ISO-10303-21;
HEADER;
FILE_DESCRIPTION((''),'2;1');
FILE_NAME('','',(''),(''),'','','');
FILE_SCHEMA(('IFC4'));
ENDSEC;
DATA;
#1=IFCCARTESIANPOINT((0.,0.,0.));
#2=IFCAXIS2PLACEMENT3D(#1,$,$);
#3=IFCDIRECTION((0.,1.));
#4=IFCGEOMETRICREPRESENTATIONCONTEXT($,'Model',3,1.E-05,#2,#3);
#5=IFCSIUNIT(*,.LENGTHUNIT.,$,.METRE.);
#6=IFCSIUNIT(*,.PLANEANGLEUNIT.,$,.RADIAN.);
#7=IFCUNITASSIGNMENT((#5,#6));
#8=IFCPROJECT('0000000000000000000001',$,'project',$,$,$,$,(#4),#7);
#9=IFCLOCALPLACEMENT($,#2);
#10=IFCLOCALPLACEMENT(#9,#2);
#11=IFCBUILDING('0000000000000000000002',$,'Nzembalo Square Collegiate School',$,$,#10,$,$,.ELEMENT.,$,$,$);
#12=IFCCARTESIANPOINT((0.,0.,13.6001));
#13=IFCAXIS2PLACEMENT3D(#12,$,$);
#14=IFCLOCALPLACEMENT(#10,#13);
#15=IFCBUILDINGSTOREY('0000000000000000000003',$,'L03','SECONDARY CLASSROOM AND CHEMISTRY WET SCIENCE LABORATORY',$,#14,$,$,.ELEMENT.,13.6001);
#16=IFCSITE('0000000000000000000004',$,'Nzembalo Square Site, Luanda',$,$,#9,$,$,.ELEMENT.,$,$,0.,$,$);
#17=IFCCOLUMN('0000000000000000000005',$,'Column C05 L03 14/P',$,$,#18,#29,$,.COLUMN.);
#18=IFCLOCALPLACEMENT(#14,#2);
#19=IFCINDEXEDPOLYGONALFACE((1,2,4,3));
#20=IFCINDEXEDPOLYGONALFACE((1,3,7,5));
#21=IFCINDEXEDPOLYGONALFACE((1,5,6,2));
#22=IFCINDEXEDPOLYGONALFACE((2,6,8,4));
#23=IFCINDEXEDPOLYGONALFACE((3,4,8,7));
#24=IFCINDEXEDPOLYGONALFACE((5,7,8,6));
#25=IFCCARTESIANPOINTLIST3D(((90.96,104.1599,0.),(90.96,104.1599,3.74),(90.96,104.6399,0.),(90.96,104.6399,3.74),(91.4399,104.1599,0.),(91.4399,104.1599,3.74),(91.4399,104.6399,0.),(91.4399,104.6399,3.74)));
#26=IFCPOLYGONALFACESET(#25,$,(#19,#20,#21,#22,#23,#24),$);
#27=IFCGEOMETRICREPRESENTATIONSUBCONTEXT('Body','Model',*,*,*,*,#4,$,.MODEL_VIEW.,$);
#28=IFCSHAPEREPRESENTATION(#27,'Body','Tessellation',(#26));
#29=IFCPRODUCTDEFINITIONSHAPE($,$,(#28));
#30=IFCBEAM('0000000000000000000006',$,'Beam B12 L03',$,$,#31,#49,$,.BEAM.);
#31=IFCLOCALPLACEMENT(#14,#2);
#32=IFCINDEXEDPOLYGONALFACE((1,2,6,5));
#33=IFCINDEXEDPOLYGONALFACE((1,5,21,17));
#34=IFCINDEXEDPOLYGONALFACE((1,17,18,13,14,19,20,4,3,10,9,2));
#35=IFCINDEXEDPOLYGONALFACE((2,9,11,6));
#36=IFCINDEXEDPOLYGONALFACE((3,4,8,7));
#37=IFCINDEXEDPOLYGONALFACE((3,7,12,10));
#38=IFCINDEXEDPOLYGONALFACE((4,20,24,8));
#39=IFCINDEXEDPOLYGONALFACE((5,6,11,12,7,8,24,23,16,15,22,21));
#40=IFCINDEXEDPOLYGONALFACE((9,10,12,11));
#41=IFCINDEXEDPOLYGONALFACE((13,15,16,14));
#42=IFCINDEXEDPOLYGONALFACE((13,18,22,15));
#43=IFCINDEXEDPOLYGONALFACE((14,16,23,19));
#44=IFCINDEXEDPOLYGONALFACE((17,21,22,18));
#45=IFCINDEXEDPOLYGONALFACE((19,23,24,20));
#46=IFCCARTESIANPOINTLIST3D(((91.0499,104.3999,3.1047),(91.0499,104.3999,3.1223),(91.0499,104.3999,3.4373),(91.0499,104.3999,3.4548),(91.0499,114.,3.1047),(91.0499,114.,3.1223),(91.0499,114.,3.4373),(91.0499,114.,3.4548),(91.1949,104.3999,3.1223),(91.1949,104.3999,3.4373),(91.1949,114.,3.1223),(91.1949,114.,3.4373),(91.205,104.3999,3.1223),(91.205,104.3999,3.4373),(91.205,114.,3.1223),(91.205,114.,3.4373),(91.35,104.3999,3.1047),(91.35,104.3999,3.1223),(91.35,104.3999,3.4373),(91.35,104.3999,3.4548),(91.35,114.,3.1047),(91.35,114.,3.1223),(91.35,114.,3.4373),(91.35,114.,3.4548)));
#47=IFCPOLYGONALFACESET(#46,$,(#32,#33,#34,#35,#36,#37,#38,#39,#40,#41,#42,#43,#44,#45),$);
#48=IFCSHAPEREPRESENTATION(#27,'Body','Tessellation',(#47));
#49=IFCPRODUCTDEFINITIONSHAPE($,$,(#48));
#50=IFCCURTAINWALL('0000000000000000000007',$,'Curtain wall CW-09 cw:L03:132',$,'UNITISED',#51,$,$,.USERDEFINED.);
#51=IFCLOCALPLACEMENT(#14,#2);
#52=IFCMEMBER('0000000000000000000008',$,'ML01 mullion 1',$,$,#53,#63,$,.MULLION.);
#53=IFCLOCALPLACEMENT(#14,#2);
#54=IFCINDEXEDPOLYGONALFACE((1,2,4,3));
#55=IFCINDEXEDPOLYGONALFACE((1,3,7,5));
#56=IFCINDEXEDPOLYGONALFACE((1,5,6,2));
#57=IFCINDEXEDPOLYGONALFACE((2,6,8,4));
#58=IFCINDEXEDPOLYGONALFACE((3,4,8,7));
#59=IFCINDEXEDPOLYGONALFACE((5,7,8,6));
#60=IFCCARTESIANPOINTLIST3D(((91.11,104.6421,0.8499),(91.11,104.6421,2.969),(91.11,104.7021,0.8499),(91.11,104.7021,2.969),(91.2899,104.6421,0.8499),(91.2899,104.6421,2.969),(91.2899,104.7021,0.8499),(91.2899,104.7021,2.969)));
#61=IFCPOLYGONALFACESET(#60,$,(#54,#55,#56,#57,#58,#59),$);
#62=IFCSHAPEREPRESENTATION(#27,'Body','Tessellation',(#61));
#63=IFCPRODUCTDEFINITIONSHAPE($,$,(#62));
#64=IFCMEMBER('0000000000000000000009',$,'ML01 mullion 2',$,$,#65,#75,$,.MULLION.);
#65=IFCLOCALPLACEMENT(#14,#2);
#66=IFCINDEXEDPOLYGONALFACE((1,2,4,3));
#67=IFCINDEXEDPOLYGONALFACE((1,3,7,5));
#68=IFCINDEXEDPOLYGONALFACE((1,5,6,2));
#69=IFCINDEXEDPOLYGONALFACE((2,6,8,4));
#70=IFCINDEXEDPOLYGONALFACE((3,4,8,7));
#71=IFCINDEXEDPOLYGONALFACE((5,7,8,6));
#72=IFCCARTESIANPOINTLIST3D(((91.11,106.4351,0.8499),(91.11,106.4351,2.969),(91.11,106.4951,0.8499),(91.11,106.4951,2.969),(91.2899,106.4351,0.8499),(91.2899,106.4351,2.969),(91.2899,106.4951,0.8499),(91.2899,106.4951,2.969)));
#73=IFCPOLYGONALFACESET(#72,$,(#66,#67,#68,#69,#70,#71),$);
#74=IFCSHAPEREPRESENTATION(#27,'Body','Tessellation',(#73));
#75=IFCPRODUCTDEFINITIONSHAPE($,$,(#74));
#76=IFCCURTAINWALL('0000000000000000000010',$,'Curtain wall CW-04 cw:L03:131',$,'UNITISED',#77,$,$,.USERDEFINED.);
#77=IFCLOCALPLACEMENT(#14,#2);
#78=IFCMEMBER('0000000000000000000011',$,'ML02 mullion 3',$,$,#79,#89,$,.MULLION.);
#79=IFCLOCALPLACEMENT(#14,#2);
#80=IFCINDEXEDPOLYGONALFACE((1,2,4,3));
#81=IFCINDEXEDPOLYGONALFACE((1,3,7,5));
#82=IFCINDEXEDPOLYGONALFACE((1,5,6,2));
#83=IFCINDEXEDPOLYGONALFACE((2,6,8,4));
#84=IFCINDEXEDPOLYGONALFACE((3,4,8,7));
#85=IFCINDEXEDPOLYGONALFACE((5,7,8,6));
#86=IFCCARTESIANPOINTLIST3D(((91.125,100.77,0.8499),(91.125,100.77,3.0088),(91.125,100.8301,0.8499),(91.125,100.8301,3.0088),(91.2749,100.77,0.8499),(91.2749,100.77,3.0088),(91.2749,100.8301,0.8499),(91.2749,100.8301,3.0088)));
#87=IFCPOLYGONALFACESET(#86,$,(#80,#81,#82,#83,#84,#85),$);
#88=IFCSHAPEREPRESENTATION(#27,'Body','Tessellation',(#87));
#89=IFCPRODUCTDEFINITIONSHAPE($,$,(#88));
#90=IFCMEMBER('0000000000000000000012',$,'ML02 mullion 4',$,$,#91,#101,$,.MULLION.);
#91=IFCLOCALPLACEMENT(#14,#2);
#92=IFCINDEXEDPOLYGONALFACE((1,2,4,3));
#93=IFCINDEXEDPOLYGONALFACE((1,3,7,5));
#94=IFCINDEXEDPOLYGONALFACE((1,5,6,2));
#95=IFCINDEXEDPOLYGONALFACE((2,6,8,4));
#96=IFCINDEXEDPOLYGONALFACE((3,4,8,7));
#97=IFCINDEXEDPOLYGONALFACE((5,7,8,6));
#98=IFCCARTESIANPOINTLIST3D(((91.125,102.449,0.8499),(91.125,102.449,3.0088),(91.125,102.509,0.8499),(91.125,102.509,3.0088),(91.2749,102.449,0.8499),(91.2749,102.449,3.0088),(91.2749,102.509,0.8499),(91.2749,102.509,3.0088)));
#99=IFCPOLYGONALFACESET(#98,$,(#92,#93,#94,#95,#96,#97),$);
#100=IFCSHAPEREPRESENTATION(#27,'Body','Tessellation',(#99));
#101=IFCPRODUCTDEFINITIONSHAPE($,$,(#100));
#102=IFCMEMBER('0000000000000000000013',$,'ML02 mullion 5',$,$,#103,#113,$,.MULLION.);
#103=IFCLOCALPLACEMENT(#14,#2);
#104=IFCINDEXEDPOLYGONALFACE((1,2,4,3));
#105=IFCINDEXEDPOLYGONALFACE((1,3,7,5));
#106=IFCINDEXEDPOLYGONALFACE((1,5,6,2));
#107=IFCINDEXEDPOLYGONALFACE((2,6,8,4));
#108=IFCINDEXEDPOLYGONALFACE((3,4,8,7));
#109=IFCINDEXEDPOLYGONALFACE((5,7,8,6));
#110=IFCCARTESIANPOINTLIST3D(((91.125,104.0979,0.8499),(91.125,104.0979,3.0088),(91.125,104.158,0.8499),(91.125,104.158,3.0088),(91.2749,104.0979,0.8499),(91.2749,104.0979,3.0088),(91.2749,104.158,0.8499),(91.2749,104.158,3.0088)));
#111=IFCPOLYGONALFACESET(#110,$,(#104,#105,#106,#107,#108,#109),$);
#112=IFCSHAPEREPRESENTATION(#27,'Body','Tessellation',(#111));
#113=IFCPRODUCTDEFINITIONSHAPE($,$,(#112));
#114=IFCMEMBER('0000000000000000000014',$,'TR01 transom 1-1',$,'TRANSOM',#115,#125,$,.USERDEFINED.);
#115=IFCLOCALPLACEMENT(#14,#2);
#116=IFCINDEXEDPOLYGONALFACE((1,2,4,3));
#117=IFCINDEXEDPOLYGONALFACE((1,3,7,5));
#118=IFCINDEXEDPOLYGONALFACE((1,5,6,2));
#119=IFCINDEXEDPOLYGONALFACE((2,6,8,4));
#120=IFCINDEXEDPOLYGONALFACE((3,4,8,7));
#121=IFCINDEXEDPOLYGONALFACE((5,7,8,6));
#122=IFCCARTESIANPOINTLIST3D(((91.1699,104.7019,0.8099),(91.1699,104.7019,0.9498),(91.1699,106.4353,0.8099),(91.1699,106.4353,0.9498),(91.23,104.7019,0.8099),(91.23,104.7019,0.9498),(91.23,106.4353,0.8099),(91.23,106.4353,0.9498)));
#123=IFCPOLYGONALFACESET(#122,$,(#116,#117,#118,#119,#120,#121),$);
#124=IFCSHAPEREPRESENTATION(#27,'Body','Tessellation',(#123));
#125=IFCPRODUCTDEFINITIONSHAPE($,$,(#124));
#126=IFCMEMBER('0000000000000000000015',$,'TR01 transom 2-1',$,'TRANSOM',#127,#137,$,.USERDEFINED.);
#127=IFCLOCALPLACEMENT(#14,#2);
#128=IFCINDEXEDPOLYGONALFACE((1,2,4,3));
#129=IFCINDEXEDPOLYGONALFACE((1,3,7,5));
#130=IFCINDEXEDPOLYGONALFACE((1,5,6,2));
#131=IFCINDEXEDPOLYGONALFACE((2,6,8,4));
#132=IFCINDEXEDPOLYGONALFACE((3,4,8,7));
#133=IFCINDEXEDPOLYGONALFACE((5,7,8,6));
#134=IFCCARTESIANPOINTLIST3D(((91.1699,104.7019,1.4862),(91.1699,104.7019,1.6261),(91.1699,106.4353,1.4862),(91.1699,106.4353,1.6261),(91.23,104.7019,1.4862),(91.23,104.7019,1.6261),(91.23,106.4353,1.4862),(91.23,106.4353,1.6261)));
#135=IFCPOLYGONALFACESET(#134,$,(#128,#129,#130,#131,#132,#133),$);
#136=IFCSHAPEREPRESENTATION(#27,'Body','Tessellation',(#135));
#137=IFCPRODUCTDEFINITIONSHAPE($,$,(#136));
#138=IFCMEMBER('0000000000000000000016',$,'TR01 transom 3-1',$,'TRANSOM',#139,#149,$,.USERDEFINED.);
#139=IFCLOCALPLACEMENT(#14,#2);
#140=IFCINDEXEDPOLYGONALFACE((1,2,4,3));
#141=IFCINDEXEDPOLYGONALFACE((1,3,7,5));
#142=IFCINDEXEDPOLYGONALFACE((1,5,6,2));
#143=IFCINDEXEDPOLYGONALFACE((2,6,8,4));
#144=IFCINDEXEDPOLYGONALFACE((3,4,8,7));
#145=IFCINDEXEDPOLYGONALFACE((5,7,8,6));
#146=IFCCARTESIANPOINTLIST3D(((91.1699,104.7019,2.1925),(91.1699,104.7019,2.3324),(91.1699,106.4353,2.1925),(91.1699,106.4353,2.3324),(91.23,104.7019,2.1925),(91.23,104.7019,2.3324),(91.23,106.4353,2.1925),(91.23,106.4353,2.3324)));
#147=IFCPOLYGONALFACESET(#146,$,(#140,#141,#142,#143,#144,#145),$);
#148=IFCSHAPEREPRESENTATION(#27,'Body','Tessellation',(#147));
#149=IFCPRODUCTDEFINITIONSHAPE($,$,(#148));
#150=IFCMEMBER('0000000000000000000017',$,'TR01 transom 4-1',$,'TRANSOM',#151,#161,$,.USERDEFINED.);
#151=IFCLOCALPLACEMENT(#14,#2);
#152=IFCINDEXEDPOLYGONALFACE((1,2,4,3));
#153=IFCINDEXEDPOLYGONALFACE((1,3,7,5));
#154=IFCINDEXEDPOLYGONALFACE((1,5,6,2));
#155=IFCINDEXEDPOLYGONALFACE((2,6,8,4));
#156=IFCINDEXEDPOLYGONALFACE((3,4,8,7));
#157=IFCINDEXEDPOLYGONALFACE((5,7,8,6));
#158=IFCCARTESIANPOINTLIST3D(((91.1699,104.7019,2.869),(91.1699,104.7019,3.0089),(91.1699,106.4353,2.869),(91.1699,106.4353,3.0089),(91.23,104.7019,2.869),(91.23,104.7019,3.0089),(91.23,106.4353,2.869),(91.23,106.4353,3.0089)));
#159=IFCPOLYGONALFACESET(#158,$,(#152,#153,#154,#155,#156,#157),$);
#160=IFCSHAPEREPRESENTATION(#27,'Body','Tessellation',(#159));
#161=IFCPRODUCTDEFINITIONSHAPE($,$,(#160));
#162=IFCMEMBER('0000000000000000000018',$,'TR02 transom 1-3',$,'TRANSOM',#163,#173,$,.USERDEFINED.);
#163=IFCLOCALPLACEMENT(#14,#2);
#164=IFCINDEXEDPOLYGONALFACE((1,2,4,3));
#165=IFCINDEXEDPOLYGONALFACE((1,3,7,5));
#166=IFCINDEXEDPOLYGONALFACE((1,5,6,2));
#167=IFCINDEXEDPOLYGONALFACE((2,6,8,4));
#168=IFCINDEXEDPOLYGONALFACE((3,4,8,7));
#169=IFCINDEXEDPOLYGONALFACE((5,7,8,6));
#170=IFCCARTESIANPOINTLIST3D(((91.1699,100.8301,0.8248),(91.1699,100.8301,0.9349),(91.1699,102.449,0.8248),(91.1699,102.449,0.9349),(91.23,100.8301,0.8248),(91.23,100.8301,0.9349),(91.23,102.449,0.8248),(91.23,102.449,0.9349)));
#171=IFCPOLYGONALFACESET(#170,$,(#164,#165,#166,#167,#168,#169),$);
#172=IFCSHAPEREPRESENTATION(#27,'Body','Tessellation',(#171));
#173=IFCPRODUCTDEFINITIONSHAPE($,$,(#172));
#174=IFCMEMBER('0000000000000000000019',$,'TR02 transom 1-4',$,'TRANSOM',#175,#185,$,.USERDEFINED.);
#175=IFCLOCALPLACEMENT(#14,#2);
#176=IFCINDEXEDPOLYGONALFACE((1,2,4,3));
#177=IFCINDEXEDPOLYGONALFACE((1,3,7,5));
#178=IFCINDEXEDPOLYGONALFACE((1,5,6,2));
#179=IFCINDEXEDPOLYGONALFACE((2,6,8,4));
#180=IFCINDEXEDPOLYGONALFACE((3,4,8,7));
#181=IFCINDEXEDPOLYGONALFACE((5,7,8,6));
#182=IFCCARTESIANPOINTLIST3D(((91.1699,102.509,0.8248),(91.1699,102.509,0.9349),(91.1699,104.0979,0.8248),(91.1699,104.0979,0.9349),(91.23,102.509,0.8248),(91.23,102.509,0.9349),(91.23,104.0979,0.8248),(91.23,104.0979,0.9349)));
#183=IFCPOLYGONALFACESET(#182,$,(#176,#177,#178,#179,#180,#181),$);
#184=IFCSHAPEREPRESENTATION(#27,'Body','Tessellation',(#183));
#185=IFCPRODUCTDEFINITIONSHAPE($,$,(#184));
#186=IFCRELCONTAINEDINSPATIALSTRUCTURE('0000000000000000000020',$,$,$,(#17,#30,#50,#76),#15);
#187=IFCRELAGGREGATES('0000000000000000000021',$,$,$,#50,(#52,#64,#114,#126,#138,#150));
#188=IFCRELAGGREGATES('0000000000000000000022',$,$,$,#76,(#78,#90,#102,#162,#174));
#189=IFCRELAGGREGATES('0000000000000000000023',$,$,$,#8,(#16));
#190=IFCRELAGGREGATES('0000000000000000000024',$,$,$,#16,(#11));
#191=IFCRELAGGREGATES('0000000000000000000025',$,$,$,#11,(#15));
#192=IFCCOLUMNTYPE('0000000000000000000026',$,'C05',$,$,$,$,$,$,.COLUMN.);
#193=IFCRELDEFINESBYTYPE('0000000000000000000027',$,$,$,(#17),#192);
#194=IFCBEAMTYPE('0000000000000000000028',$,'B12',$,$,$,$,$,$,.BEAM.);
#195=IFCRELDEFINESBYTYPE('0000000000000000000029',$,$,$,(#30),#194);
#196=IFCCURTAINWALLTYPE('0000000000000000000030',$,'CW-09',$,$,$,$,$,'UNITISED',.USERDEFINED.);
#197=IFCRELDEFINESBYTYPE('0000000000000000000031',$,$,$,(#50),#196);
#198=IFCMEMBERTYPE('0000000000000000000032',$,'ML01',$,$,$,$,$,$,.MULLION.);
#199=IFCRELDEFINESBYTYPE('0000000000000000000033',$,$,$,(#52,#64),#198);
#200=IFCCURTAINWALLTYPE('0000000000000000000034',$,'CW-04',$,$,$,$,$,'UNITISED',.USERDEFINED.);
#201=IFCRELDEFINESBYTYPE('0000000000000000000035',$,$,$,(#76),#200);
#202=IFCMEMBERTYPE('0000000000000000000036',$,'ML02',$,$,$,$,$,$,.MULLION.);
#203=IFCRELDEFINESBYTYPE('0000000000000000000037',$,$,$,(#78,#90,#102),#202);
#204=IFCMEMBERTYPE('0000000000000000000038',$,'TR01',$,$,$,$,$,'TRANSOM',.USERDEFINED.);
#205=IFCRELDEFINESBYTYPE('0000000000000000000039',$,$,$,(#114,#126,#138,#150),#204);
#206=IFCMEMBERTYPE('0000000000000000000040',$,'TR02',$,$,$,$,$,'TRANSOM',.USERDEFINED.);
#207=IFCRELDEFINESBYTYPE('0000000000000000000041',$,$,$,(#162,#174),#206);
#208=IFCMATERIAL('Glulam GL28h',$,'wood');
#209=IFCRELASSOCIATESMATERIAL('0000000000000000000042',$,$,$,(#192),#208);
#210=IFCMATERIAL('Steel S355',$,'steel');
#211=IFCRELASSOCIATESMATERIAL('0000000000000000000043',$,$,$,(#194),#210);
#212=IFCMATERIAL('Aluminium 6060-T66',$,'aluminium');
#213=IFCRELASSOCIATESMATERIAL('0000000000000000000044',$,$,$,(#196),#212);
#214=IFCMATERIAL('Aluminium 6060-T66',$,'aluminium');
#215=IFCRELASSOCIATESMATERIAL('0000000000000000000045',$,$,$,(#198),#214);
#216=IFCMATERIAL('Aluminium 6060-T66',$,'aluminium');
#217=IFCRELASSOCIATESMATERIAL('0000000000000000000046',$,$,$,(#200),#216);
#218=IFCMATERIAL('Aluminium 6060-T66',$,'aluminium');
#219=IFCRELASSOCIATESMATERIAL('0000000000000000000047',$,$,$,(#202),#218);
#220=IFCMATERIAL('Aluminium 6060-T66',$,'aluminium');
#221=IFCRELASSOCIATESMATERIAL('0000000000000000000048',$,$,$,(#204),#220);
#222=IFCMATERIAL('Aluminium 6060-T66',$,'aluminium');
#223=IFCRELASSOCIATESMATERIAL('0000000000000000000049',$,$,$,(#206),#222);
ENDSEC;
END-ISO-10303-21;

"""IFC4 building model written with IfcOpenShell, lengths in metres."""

from ifc_helpers import new_model, si_unit, direction, frame, origin, origin_2d, place, context, subcontext, project, spatial, rectangle, i_section, extrude, material, material_profile, profile_set, type_object, element, aggregate, save


model = new_model("IFC4")

# Units and contexts
model_context = context("Model", 3, precision=1e-05, world=origin(), true_north=direction((0.0, 1.0)))
body_context = subcontext(model_context, "Body", "Model", "MODEL_VIEW")
ifc_project = project(units=[si_unit("LENGTHUNIT", "METRE"), si_unit("PLANEANGLEUNIT", "RADIAN")], contexts=[model_context])

# Site, building, storey
site_placement = place(None, origin())
site = spatial("IfcSite", under=ifc_project, at=site_placement, Name="Nzembalo Square Site, Luanda", CompositionType="ELEMENT", RefElevation=0.0)
building_placement = place(site_placement, origin())
building = spatial("IfcBuilding", under=site, at=building_placement, Name="Nzembalo Square Collegiate School", CompositionType="ELEMENT")
storey_placement = place(building_placement, frame((0.0, 0.0, 13.6001)))
storey = spatial("IfcBuildingStorey", under=building, at=storey_placement, Name="L03", Description="SECONDARY CLASSROOM AND CHEMISTRY WET SCIENCE LABORATORY", CompositionType="ELEMENT", Elevation=13.6001)

# Column
ifc_material_1 = material(Name="Glulam GL28h", Category="wood")
ifc_material_profile_1 = material_profile(ifc_material_1, rectangle(XDim=0.48, YDim=0.48, at=origin_2d()), Name="GL28h 480x480")
ifc_profile_set_1 = profile_set([ifc_material_profile_1], Name="Glulam GL28h")
column_type = type_object("IfcColumnType", Name="C05", PredefinedType="COLUMN", material=ifc_profile_set_1)
column_placement = place(storey_placement, frame((91.2, 104.3999, 0.0), z_axis=(0.0, 0.0, 1.0), x_axis=(1.0, 0.0, 0.0)))
element("IfcColumn", 1, at=column_placement, inside=storey, type_object=column_type, Name="Column C05 L03 14/P", PredefinedType="COLUMN", context=body_context, shape_type="SweptSolid", body=[
    extrude(rectangle(XDim=0.48, YDim=0.48, at=origin_2d()), origin(), (0.0, 0.0, 1.0), 3.74),
])

# Beam
ifc_material_2 = material(Name="Steel S355", Category="steel")
ifc_material_profile_2 = material_profile(ifc_material_2, i_section(OverallWidth=0.3, OverallDepth=0.3501, WebThickness=0.01, FlangeThickness=0.0176, at=origin_2d()), Name="HEA 360")
ifc_profile_set_2 = profile_set([ifc_material_profile_2], Name="Steel S355")
beam_type = type_object("IfcBeamType", Name="B12", PredefinedType="BEAM", material=ifc_profile_set_2)
beam_placement = place(storey_placement, frame((91.2, 104.3999, 3.2798), z_axis=(0.0, 1.0, 0.0), x_axis=(-1.0, 0.0, 0.0)))
element("IfcBeam", 2, at=beam_placement, inside=storey, type_object=beam_type, Name="Beam B12 L03", PredefinedType="BEAM", context=body_context, shape_type="SweptSolid", body=[
    extrude(i_section(OverallWidth=0.3, OverallDepth=0.3501, WebThickness=0.01, FlangeThickness=0.0176, at=origin_2d()), origin(), (0.0, 0.0, 1.0), 9.6001),
])

# Curtain walls, members
ifc_material_3 = material(Name="Aluminium 6060-T66", Category="aluminium")
curtain_wall_type_1 = type_object("IfcCurtainWallType", Name="CW-09", ElementType="UNITISED", PredefinedType="USERDEFINED", material=ifc_material_3)
curtain_wall_1_placement = place(storey_placement, origin())
curtain_wall_1 = element("IfcCurtainWall", 3, at=curtain_wall_1_placement, inside=storey, type_object=curtain_wall_type_1, Name="Curtain wall CW-09 cw:L03:132", ObjectType="UNITISED", PredefinedType="USERDEFINED")
ifc_material_4 = material(Name="Aluminium 6060-T66", Category="aluminium")
ifc_material_profile_3 = material_profile(ifc_material_4, rectangle(XDim=0.0601, YDim=0.1799, at=origin_2d()), Name="ALU M60x180")
ifc_profile_set_3 = profile_set([ifc_material_profile_3], Name="Aluminium 6060-T66")
member_type_1 = type_object("IfcMemberType", Name="ML01", PredefinedType="MULLION", material=ifc_profile_set_3)
member_1_placement = place(storey_placement, frame((91.2, 104.6721, 0.8499), z_axis=(0.0, 0.0, 1.0), x_axis=(0.0, 1.0, 0.0)))
member_1 = element("IfcMember", 4, at=member_1_placement, type_object=member_type_1, Name="ML01 mullion 1", PredefinedType="MULLION", context=body_context, shape_type="SweptSolid", body=[
    extrude(rectangle(XDim=0.0601, YDim=0.1799, at=origin_2d()), origin(), (0.0, 0.0, 1.0), 2.1191),
])
member_2_placement = place(storey_placement, frame((91.2, 106.4651, 0.8499), z_axis=(0.0, 0.0, 1.0), x_axis=(0.0, 1.0, 0.0)))
member_2 = element("IfcMember", 5, at=member_2_placement, type_object=member_type_1, Name="ML01 mullion 2", PredefinedType="MULLION", context=body_context, shape_type="SweptSolid", body=[
    extrude(rectangle(XDim=0.0601, YDim=0.1799, at=origin_2d()), origin(), (0.0, 0.0, 1.0), 2.1191),
])
ifc_material_5 = material(Name="Aluminium 6060-T66", Category="aluminium")
curtain_wall_type_2 = type_object("IfcCurtainWallType", Name="CW-04", ElementType="UNITISED", PredefinedType="USERDEFINED", material=ifc_material_5)
curtain_wall_2_placement = place(storey_placement, origin())
curtain_wall_2 = element("IfcCurtainWall", 6, at=curtain_wall_2_placement, inside=storey, type_object=curtain_wall_type_2, Name="Curtain wall CW-04 cw:L03:131", ObjectType="UNITISED", PredefinedType="USERDEFINED")
ifc_material_6 = material(Name="Aluminium 6060-T66", Category="aluminium")
ifc_material_profile_4 = material_profile(ifc_material_6, rectangle(XDim=0.0601, YDim=0.1499, at=origin_2d()), Name="ALU M60x150")
ifc_profile_set_4 = profile_set([ifc_material_profile_4], Name="Aluminium 6060-T66")
member_type_2 = type_object("IfcMemberType", Name="ML02", PredefinedType="MULLION", material=ifc_profile_set_4)
member_3_placement = place(storey_placement, frame((91.2, 100.8, 0.8499), z_axis=(0.0, 0.0, 1.0), x_axis=(0.0, 1.0, 0.0)))
member_3 = element("IfcMember", 7, at=member_3_placement, type_object=member_type_2, Name="ML02 mullion 3", PredefinedType="MULLION", context=body_context, shape_type="SweptSolid", body=[
    extrude(rectangle(XDim=0.0601, YDim=0.1499, at=origin_2d()), origin(), (0.0, 0.0, 1.0), 2.1589),
])
member_4_placement = place(storey_placement, frame((91.2, 102.479, 0.8499), z_axis=(0.0, 0.0, 1.0), x_axis=(0.0, 1.0, 0.0)))
member_4 = element("IfcMember", 8, at=member_4_placement, type_object=member_type_2, Name="ML02 mullion 4", PredefinedType="MULLION", context=body_context, shape_type="SweptSolid", body=[
    extrude(rectangle(XDim=0.0601, YDim=0.1499, at=origin_2d()), origin(), (0.0, 0.0, 1.0), 2.1589),
])
member_5_placement = place(storey_placement, frame((91.2, 104.1279, 0.8499), z_axis=(0.0, 0.0, 1.0), x_axis=(0.0, 1.0, 0.0)))
member_5 = element("IfcMember", 9, at=member_5_placement, type_object=member_type_2, Name="ML02 mullion 5", PredefinedType="MULLION", context=body_context, shape_type="SweptSolid", body=[
    extrude(rectangle(XDim=0.0601, YDim=0.1499, at=origin_2d()), origin(), (0.0, 0.0, 1.0), 2.1589),
])

# Members
ifc_material_7 = material(Name="Aluminium 6060-T66", Category="aluminium")
ifc_material_profile_5 = material_profile(ifc_material_7, rectangle(XDim=0.0601, YDim=0.1399, at=origin_2d()), Name="ALU T60x140")
ifc_profile_set_5 = profile_set([ifc_material_profile_5], Name="Aluminium 6060-T66")
member_type_3 = type_object("IfcMemberType", Name="TR01", ElementType="TRANSOM", PredefinedType="USERDEFINED", material=ifc_profile_set_5)
member_6_placement = place(storey_placement, frame((91.2, 104.7019, 0.8799), z_axis=(0.0, 1.0, 0.0), x_axis=(-1.0, 0.0, 0.0)))
member_6 = element("IfcMember", 10, at=member_6_placement, type_object=member_type_3, Name="TR01 transom 1-1", ObjectType="TRANSOM", PredefinedType="USERDEFINED", context=body_context, shape_type="SweptSolid", body=[
    extrude(rectangle(XDim=0.0601, YDim=0.1399, at=origin_2d()), origin(), (0.0, 0.0, 1.0), 1.7334),
])
member_7_placement = place(storey_placement, frame((91.2, 104.7019, 1.5562), z_axis=(0.0, 1.0, 0.0), x_axis=(-1.0, 0.0, 0.0)))
member_7 = element("IfcMember", 11, at=member_7_placement, type_object=member_type_3, Name="TR01 transom 2-1", ObjectType="TRANSOM", PredefinedType="USERDEFINED", context=body_context, shape_type="SweptSolid", body=[
    extrude(rectangle(XDim=0.0601, YDim=0.1399, at=origin_2d()), origin(), (0.0, 0.0, 1.0), 1.7334),
])
member_8_placement = place(storey_placement, frame((91.2, 104.7019, 2.2625), z_axis=(0.0, 1.0, 0.0), x_axis=(-1.0, 0.0, 0.0)))
member_8 = element("IfcMember", 12, at=member_8_placement, type_object=member_type_3, Name="TR01 transom 3-1", ObjectType="TRANSOM", PredefinedType="USERDEFINED", context=body_context, shape_type="SweptSolid", body=[
    extrude(rectangle(XDim=0.0601, YDim=0.1399, at=origin_2d()), origin(), (0.0, 0.0, 1.0), 1.7334),
])
member_9_placement = place(storey_placement, frame((91.2, 104.7019, 2.939), z_axis=(0.0, 1.0, 0.0), x_axis=(-1.0, 0.0, 0.0)))
member_9 = element("IfcMember", 13, at=member_9_placement, type_object=member_type_3, Name="TR01 transom 4-1", ObjectType="TRANSOM", PredefinedType="USERDEFINED", context=body_context, shape_type="SweptSolid", body=[
    extrude(rectangle(XDim=0.0601, YDim=0.1399, at=origin_2d()), origin(), (0.0, 0.0, 1.0), 1.7334),
])
ifc_material_8 = material(Name="Aluminium 6060-T66", Category="aluminium")
ifc_material_profile_6 = material_profile(ifc_material_8, rectangle(XDim=0.0601, YDim=0.1101, at=origin_2d()), Name="ALU T60x110")
ifc_profile_set_6 = profile_set([ifc_material_profile_6], Name="Aluminium 6060-T66")
member_type_4 = type_object("IfcMemberType", Name="TR02", ElementType="TRANSOM", PredefinedType="USERDEFINED", material=ifc_profile_set_6)
member_10_placement = place(storey_placement, frame((91.2, 100.8301, 0.8799), z_axis=(0.0, 1.0, 0.0), x_axis=(-1.0, 0.0, 0.0)))
member_10 = element("IfcMember", 14, at=member_10_placement, type_object=member_type_4, Name="TR02 transom 1-3", ObjectType="TRANSOM", PredefinedType="USERDEFINED", context=body_context, shape_type="SweptSolid", body=[
    extrude(rectangle(XDim=0.0601, YDim=0.1101, at=origin_2d()), origin(), (0.0, 0.0, 1.0), 1.6189),
])
member_11_placement = place(storey_placement, frame((91.2, 102.509, 0.8799), z_axis=(0.0, 1.0, 0.0), x_axis=(-1.0, 0.0, 0.0)))
member_11 = element("IfcMember", 15, at=member_11_placement, type_object=member_type_4, Name="TR02 transom 1-4", ObjectType="TRANSOM", PredefinedType="USERDEFINED", context=body_context, shape_type="SweptSolid", body=[
    extrude(rectangle(XDim=0.0601, YDim=0.1101, at=origin_2d()), origin(), (0.0, 0.0, 1.0), 1.5889),
])

aggregate(curtain_wall_1, [member_1, member_2, member_6, member_7, member_8, member_9])
aggregate(curtain_wall_2, [member_3, member_4, member_5, member_10, member_11])

save(model, "model.ifc")
